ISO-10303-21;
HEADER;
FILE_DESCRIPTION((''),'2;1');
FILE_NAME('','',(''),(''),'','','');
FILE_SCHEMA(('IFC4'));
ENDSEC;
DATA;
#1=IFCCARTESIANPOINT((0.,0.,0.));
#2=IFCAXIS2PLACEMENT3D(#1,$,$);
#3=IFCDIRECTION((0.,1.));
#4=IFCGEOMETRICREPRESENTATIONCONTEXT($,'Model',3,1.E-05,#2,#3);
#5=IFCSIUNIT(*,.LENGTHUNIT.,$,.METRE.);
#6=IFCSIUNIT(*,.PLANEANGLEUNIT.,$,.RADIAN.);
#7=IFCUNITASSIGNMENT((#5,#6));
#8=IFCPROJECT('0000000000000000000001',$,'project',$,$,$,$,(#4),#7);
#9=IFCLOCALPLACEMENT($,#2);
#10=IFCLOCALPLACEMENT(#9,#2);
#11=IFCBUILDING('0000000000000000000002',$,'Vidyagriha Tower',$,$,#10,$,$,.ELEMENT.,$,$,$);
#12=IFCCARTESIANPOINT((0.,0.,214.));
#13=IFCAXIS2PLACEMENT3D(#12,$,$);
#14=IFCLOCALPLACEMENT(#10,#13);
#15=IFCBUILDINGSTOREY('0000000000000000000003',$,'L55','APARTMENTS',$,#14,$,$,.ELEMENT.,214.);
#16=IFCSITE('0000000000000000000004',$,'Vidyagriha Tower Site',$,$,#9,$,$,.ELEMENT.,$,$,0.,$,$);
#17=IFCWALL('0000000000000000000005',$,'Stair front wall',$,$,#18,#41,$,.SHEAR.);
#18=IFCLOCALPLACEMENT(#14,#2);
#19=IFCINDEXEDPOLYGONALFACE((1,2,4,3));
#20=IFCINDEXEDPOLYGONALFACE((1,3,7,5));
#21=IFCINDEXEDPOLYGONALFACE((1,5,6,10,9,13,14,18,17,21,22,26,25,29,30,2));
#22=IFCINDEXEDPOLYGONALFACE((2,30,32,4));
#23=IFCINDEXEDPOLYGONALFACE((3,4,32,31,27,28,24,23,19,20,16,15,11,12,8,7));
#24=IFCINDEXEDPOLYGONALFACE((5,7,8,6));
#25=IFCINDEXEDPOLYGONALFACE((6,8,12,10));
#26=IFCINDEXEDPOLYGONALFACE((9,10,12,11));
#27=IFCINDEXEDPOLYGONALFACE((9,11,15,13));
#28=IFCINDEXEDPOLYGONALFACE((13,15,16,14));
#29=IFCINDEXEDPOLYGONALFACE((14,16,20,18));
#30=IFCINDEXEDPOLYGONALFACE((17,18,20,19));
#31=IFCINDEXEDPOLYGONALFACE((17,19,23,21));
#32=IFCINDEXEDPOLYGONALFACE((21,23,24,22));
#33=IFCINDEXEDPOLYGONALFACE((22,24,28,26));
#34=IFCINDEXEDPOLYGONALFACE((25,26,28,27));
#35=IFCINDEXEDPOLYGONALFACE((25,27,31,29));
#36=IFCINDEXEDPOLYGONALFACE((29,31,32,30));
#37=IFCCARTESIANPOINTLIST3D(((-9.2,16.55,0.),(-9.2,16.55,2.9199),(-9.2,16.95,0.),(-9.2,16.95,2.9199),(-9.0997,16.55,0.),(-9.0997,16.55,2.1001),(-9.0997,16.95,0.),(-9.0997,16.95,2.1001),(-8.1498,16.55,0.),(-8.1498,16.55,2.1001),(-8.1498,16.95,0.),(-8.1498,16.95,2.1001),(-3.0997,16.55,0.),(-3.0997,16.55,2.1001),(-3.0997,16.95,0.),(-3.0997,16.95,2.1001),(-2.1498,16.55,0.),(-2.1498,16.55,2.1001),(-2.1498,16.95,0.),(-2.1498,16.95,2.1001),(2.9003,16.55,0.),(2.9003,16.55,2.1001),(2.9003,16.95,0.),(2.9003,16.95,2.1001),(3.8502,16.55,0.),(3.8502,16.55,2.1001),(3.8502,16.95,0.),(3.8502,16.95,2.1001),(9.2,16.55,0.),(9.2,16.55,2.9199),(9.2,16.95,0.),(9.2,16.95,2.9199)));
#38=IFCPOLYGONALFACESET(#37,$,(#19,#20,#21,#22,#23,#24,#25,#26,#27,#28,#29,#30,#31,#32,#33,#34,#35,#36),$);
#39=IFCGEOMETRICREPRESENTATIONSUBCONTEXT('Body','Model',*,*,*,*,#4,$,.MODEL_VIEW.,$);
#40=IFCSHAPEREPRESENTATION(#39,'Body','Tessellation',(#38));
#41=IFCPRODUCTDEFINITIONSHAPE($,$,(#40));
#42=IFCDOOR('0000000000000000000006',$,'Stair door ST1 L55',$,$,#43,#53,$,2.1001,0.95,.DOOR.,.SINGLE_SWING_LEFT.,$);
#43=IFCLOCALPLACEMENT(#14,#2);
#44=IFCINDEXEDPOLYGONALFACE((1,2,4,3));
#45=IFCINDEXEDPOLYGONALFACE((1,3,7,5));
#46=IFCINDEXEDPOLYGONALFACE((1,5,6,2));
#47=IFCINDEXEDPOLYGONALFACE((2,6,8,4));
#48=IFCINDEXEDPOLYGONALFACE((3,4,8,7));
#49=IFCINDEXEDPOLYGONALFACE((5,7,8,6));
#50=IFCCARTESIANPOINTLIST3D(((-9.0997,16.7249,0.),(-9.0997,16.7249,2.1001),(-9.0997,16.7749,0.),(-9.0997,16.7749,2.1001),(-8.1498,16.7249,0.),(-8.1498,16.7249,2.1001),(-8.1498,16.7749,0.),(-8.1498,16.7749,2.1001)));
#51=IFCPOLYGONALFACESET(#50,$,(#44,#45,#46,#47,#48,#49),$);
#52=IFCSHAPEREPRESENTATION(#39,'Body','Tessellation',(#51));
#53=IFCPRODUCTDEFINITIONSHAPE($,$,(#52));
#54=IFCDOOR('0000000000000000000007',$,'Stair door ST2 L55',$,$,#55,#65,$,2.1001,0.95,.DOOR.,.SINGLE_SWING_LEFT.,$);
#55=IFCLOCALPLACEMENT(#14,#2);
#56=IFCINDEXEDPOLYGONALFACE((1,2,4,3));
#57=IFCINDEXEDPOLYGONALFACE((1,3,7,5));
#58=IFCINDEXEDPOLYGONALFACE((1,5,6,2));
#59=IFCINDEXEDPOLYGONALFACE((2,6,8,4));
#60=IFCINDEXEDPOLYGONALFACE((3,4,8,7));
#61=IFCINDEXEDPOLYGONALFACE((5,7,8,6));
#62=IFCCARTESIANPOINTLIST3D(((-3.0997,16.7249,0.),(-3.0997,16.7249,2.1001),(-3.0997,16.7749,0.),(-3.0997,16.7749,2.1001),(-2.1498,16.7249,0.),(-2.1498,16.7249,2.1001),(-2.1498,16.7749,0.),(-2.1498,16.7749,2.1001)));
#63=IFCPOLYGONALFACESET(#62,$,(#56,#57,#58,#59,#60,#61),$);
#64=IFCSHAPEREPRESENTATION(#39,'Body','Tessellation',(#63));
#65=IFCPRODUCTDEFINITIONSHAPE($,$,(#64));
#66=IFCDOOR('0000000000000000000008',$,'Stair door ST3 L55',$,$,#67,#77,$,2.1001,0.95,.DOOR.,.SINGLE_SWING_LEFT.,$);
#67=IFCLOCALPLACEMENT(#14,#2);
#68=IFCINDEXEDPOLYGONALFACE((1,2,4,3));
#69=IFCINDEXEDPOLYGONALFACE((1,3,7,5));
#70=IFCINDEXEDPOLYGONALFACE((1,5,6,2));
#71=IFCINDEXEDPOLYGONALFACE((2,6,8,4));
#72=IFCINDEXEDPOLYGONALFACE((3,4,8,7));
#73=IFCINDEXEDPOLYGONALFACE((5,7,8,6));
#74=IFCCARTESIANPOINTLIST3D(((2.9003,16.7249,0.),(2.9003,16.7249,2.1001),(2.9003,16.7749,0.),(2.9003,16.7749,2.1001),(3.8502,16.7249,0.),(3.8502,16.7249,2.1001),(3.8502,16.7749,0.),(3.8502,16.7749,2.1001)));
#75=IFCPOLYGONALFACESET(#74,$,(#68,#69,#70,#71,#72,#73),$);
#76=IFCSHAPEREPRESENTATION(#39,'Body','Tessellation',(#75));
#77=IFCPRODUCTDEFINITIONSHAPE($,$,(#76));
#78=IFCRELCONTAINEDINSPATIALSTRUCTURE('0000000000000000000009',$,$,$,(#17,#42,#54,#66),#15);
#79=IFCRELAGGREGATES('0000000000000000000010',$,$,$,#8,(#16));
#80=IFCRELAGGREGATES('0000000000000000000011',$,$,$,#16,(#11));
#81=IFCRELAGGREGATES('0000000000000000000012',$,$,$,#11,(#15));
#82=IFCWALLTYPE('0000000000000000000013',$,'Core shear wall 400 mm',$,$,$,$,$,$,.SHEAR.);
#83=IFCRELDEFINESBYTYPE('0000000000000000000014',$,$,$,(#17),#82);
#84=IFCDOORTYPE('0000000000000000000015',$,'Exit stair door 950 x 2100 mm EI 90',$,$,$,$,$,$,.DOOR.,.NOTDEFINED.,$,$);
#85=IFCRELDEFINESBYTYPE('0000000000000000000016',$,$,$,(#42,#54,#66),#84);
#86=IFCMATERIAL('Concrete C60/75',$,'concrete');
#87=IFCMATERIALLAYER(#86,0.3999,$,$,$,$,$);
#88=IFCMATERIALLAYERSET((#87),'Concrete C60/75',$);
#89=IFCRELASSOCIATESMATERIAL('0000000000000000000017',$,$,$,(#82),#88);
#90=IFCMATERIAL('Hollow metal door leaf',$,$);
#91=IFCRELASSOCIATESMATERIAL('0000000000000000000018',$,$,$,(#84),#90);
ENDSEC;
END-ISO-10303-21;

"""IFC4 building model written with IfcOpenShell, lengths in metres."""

from ifc_helpers import new_model, si_unit, direction, frame, frame_2d, origin, place, context, subcontext, project, spatial, rectangle, extrude, material, layer, layer_set, type_object, element, fill, save


model = new_model("IFC4")

# Units and contexts
model_context = context("Model", 3, precision=1e-05, world=origin(), true_north=direction((0.0, 1.0)))
body_context = subcontext(model_context, "Body", "Model", "MODEL_VIEW")
ifc_project = project(units=[si_unit("LENGTHUNIT", "METRE"), si_unit("PLANEANGLEUNIT", "RADIAN")], contexts=[model_context])

# Site, building, storey
site_placement = place(None, origin())
site = spatial("IfcSite", under=ifc_project, at=site_placement, Name="Vidyagriha Tower Site", CompositionType="ELEMENT", RefElevation=0.0)
building_placement = place(site_placement, origin())
building = spatial("IfcBuilding", under=site, at=building_placement, Name="Vidyagriha Tower", CompositionType="ELEMENT")
storey_placement = place(building_placement, frame((0.0, 0.0, 214.0)))
storey = spatial("IfcBuildingStorey", under=building, at=storey_placement, Name="L55", Description="APARTMENTS", CompositionType="ELEMENT", Elevation=214.0)

# Shared definitions
ifc_material_1 = material(Name="Concrete C60/75", Category="concrete")
ifc_layer_1 = layer(ifc_material_1, 0.3999)
ifc_layer_set_1 = layer_set([ifc_layer_1], Name="Concrete C60/75")
wall_type = type_object("IfcWallType", Name="Core shear wall 400 mm", PredefinedType="SHEAR", material=ifc_layer_set_1)

# Wall, openings, doors
wall_placement = place(storey_placement, frame((-9.2, 16.75, 0.0)))
wall = element("IfcWall", 1, at=wall_placement, inside=storey, type_object=wall_type, Name="Stair front wall", PredefinedType="SHEAR", context=body_context, shape_type="SweptSolid", body=[
    extrude(rectangle(XDim=18.3999, YDim=0.3999, at=frame_2d((9.2, 0.0))), origin(), (0.0, 0.0, 1.0), 2.9199),
])
opening_1_placement = place(wall_placement, frame((0.1001, 0.0, 0.0)))
opening_1 = element("IfcOpeningElement", 2, at=opening_1_placement, cuts=wall, PredefinedType="OPENING", context=body_context, shape_type="SweptSolid", body=[
    extrude(rectangle(XDim=0.95, YDim=2.1001, at=frame_2d((0.4751, 1.05))), frame((0.0, 0.21, 0.0), z_axis=(0.0, -1.0, 0.0), x_axis=(1.0, 0.0, 0.0)), (0.0, 0.0, 1.0), 0.4199),
])
opening_2_placement = place(wall_placement, frame((6.1001, 0.0, 0.0)))
opening_2 = element("IfcOpeningElement", 3, at=opening_2_placement, cuts=wall, PredefinedType="OPENING", context=body_context, shape_type="SweptSolid", body=[
    extrude(rectangle(XDim=0.95, YDim=2.1001, at=frame_2d((0.4751, 1.05))), frame((0.0, 0.21, 0.0), z_axis=(0.0, -1.0, 0.0), x_axis=(1.0, 0.0, 0.0)), (0.0, 0.0, 1.0), 0.4199),
])
opening_3_placement = place(wall_placement, frame((12.1001, 0.0, 0.0)))
opening_3 = element("IfcOpeningElement", 4, at=opening_3_placement, cuts=wall, PredefinedType="OPENING", context=body_context, shape_type="SweptSolid", body=[
    extrude(rectangle(XDim=0.95, YDim=2.1001, at=frame_2d((0.4751, 1.05))), frame((0.0, 0.21, 0.0), z_axis=(0.0, -1.0, 0.0), x_axis=(1.0, 0.0, 0.0)), (0.0, 0.0, 1.0), 0.4199),
])
ifc_material_2 = material(Name="Hollow metal door leaf")
door_type = type_object("IfcDoorType", Name="Exit stair door 950 x 2100 mm EI 90", OperationType="NOTDEFINED", PredefinedType="DOOR", material=ifc_material_2)
door_1_placement = place(opening_1_placement, origin())
door_1 = element("IfcDoor", 5, at=door_1_placement, inside=storey, type_object=door_type, Name="Stair door ST1 L55", OperationType="SINGLE_SWING_LEFT", OverallHeight=2.1001, OverallWidth=0.95, PredefinedType="DOOR", context=body_context, shape_type="SweptSolid", body=[
    extrude(rectangle(XDim=0.95, YDim=2.1001, at=frame_2d((0.4751, 1.05))), frame((0.0, 0.0249, 0.0), z_axis=(0.0, -1.0, 0.0), x_axis=(1.0, 0.0, 0.0)), (0.0, 0.0, 1.0), 0.05),
])
fill(opening_1, door_1)
door_2_placement = place(opening_2_placement, origin())
door_2 = element("IfcDoor", 6, at=door_2_placement, inside=storey, type_object=door_type, Name="Stair door ST2 L55", OperationType="SINGLE_SWING_LEFT", OverallHeight=2.1001, OverallWidth=0.95, PredefinedType="DOOR", context=body_context, shape_type="SweptSolid", body=[
    extrude(rectangle(XDim=0.95, YDim=2.1001, at=frame_2d((0.4751, 1.05))), frame((0.0, 0.0249, 0.0), z_axis=(0.0, -1.0, 0.0), x_axis=(1.0, 0.0, 0.0)), (0.0, 0.0, 1.0), 0.05),
])
fill(opening_2, door_2)
door_3_placement = place(opening_3_placement, origin())
door_3 = element("IfcDoor", 7, at=door_3_placement, inside=storey, type_object=door_type, Name="Stair door ST3 L55", OperationType="SINGLE_SWING_LEFT", OverallHeight=2.1001, OverallWidth=0.95, PredefinedType="DOOR", context=body_context, shape_type="SweptSolid", body=[
    extrude(rectangle(XDim=0.95, YDim=2.1001, at=frame_2d((0.4751, 1.05))), frame((0.0, 0.0249, 0.0), z_axis=(0.0, -1.0, 0.0), x_axis=(1.0, 0.0, 0.0)), (0.0, 0.0, 1.0), 0.05),
])
fill(opening_3, door_3)

save(model, "model.ifc")
